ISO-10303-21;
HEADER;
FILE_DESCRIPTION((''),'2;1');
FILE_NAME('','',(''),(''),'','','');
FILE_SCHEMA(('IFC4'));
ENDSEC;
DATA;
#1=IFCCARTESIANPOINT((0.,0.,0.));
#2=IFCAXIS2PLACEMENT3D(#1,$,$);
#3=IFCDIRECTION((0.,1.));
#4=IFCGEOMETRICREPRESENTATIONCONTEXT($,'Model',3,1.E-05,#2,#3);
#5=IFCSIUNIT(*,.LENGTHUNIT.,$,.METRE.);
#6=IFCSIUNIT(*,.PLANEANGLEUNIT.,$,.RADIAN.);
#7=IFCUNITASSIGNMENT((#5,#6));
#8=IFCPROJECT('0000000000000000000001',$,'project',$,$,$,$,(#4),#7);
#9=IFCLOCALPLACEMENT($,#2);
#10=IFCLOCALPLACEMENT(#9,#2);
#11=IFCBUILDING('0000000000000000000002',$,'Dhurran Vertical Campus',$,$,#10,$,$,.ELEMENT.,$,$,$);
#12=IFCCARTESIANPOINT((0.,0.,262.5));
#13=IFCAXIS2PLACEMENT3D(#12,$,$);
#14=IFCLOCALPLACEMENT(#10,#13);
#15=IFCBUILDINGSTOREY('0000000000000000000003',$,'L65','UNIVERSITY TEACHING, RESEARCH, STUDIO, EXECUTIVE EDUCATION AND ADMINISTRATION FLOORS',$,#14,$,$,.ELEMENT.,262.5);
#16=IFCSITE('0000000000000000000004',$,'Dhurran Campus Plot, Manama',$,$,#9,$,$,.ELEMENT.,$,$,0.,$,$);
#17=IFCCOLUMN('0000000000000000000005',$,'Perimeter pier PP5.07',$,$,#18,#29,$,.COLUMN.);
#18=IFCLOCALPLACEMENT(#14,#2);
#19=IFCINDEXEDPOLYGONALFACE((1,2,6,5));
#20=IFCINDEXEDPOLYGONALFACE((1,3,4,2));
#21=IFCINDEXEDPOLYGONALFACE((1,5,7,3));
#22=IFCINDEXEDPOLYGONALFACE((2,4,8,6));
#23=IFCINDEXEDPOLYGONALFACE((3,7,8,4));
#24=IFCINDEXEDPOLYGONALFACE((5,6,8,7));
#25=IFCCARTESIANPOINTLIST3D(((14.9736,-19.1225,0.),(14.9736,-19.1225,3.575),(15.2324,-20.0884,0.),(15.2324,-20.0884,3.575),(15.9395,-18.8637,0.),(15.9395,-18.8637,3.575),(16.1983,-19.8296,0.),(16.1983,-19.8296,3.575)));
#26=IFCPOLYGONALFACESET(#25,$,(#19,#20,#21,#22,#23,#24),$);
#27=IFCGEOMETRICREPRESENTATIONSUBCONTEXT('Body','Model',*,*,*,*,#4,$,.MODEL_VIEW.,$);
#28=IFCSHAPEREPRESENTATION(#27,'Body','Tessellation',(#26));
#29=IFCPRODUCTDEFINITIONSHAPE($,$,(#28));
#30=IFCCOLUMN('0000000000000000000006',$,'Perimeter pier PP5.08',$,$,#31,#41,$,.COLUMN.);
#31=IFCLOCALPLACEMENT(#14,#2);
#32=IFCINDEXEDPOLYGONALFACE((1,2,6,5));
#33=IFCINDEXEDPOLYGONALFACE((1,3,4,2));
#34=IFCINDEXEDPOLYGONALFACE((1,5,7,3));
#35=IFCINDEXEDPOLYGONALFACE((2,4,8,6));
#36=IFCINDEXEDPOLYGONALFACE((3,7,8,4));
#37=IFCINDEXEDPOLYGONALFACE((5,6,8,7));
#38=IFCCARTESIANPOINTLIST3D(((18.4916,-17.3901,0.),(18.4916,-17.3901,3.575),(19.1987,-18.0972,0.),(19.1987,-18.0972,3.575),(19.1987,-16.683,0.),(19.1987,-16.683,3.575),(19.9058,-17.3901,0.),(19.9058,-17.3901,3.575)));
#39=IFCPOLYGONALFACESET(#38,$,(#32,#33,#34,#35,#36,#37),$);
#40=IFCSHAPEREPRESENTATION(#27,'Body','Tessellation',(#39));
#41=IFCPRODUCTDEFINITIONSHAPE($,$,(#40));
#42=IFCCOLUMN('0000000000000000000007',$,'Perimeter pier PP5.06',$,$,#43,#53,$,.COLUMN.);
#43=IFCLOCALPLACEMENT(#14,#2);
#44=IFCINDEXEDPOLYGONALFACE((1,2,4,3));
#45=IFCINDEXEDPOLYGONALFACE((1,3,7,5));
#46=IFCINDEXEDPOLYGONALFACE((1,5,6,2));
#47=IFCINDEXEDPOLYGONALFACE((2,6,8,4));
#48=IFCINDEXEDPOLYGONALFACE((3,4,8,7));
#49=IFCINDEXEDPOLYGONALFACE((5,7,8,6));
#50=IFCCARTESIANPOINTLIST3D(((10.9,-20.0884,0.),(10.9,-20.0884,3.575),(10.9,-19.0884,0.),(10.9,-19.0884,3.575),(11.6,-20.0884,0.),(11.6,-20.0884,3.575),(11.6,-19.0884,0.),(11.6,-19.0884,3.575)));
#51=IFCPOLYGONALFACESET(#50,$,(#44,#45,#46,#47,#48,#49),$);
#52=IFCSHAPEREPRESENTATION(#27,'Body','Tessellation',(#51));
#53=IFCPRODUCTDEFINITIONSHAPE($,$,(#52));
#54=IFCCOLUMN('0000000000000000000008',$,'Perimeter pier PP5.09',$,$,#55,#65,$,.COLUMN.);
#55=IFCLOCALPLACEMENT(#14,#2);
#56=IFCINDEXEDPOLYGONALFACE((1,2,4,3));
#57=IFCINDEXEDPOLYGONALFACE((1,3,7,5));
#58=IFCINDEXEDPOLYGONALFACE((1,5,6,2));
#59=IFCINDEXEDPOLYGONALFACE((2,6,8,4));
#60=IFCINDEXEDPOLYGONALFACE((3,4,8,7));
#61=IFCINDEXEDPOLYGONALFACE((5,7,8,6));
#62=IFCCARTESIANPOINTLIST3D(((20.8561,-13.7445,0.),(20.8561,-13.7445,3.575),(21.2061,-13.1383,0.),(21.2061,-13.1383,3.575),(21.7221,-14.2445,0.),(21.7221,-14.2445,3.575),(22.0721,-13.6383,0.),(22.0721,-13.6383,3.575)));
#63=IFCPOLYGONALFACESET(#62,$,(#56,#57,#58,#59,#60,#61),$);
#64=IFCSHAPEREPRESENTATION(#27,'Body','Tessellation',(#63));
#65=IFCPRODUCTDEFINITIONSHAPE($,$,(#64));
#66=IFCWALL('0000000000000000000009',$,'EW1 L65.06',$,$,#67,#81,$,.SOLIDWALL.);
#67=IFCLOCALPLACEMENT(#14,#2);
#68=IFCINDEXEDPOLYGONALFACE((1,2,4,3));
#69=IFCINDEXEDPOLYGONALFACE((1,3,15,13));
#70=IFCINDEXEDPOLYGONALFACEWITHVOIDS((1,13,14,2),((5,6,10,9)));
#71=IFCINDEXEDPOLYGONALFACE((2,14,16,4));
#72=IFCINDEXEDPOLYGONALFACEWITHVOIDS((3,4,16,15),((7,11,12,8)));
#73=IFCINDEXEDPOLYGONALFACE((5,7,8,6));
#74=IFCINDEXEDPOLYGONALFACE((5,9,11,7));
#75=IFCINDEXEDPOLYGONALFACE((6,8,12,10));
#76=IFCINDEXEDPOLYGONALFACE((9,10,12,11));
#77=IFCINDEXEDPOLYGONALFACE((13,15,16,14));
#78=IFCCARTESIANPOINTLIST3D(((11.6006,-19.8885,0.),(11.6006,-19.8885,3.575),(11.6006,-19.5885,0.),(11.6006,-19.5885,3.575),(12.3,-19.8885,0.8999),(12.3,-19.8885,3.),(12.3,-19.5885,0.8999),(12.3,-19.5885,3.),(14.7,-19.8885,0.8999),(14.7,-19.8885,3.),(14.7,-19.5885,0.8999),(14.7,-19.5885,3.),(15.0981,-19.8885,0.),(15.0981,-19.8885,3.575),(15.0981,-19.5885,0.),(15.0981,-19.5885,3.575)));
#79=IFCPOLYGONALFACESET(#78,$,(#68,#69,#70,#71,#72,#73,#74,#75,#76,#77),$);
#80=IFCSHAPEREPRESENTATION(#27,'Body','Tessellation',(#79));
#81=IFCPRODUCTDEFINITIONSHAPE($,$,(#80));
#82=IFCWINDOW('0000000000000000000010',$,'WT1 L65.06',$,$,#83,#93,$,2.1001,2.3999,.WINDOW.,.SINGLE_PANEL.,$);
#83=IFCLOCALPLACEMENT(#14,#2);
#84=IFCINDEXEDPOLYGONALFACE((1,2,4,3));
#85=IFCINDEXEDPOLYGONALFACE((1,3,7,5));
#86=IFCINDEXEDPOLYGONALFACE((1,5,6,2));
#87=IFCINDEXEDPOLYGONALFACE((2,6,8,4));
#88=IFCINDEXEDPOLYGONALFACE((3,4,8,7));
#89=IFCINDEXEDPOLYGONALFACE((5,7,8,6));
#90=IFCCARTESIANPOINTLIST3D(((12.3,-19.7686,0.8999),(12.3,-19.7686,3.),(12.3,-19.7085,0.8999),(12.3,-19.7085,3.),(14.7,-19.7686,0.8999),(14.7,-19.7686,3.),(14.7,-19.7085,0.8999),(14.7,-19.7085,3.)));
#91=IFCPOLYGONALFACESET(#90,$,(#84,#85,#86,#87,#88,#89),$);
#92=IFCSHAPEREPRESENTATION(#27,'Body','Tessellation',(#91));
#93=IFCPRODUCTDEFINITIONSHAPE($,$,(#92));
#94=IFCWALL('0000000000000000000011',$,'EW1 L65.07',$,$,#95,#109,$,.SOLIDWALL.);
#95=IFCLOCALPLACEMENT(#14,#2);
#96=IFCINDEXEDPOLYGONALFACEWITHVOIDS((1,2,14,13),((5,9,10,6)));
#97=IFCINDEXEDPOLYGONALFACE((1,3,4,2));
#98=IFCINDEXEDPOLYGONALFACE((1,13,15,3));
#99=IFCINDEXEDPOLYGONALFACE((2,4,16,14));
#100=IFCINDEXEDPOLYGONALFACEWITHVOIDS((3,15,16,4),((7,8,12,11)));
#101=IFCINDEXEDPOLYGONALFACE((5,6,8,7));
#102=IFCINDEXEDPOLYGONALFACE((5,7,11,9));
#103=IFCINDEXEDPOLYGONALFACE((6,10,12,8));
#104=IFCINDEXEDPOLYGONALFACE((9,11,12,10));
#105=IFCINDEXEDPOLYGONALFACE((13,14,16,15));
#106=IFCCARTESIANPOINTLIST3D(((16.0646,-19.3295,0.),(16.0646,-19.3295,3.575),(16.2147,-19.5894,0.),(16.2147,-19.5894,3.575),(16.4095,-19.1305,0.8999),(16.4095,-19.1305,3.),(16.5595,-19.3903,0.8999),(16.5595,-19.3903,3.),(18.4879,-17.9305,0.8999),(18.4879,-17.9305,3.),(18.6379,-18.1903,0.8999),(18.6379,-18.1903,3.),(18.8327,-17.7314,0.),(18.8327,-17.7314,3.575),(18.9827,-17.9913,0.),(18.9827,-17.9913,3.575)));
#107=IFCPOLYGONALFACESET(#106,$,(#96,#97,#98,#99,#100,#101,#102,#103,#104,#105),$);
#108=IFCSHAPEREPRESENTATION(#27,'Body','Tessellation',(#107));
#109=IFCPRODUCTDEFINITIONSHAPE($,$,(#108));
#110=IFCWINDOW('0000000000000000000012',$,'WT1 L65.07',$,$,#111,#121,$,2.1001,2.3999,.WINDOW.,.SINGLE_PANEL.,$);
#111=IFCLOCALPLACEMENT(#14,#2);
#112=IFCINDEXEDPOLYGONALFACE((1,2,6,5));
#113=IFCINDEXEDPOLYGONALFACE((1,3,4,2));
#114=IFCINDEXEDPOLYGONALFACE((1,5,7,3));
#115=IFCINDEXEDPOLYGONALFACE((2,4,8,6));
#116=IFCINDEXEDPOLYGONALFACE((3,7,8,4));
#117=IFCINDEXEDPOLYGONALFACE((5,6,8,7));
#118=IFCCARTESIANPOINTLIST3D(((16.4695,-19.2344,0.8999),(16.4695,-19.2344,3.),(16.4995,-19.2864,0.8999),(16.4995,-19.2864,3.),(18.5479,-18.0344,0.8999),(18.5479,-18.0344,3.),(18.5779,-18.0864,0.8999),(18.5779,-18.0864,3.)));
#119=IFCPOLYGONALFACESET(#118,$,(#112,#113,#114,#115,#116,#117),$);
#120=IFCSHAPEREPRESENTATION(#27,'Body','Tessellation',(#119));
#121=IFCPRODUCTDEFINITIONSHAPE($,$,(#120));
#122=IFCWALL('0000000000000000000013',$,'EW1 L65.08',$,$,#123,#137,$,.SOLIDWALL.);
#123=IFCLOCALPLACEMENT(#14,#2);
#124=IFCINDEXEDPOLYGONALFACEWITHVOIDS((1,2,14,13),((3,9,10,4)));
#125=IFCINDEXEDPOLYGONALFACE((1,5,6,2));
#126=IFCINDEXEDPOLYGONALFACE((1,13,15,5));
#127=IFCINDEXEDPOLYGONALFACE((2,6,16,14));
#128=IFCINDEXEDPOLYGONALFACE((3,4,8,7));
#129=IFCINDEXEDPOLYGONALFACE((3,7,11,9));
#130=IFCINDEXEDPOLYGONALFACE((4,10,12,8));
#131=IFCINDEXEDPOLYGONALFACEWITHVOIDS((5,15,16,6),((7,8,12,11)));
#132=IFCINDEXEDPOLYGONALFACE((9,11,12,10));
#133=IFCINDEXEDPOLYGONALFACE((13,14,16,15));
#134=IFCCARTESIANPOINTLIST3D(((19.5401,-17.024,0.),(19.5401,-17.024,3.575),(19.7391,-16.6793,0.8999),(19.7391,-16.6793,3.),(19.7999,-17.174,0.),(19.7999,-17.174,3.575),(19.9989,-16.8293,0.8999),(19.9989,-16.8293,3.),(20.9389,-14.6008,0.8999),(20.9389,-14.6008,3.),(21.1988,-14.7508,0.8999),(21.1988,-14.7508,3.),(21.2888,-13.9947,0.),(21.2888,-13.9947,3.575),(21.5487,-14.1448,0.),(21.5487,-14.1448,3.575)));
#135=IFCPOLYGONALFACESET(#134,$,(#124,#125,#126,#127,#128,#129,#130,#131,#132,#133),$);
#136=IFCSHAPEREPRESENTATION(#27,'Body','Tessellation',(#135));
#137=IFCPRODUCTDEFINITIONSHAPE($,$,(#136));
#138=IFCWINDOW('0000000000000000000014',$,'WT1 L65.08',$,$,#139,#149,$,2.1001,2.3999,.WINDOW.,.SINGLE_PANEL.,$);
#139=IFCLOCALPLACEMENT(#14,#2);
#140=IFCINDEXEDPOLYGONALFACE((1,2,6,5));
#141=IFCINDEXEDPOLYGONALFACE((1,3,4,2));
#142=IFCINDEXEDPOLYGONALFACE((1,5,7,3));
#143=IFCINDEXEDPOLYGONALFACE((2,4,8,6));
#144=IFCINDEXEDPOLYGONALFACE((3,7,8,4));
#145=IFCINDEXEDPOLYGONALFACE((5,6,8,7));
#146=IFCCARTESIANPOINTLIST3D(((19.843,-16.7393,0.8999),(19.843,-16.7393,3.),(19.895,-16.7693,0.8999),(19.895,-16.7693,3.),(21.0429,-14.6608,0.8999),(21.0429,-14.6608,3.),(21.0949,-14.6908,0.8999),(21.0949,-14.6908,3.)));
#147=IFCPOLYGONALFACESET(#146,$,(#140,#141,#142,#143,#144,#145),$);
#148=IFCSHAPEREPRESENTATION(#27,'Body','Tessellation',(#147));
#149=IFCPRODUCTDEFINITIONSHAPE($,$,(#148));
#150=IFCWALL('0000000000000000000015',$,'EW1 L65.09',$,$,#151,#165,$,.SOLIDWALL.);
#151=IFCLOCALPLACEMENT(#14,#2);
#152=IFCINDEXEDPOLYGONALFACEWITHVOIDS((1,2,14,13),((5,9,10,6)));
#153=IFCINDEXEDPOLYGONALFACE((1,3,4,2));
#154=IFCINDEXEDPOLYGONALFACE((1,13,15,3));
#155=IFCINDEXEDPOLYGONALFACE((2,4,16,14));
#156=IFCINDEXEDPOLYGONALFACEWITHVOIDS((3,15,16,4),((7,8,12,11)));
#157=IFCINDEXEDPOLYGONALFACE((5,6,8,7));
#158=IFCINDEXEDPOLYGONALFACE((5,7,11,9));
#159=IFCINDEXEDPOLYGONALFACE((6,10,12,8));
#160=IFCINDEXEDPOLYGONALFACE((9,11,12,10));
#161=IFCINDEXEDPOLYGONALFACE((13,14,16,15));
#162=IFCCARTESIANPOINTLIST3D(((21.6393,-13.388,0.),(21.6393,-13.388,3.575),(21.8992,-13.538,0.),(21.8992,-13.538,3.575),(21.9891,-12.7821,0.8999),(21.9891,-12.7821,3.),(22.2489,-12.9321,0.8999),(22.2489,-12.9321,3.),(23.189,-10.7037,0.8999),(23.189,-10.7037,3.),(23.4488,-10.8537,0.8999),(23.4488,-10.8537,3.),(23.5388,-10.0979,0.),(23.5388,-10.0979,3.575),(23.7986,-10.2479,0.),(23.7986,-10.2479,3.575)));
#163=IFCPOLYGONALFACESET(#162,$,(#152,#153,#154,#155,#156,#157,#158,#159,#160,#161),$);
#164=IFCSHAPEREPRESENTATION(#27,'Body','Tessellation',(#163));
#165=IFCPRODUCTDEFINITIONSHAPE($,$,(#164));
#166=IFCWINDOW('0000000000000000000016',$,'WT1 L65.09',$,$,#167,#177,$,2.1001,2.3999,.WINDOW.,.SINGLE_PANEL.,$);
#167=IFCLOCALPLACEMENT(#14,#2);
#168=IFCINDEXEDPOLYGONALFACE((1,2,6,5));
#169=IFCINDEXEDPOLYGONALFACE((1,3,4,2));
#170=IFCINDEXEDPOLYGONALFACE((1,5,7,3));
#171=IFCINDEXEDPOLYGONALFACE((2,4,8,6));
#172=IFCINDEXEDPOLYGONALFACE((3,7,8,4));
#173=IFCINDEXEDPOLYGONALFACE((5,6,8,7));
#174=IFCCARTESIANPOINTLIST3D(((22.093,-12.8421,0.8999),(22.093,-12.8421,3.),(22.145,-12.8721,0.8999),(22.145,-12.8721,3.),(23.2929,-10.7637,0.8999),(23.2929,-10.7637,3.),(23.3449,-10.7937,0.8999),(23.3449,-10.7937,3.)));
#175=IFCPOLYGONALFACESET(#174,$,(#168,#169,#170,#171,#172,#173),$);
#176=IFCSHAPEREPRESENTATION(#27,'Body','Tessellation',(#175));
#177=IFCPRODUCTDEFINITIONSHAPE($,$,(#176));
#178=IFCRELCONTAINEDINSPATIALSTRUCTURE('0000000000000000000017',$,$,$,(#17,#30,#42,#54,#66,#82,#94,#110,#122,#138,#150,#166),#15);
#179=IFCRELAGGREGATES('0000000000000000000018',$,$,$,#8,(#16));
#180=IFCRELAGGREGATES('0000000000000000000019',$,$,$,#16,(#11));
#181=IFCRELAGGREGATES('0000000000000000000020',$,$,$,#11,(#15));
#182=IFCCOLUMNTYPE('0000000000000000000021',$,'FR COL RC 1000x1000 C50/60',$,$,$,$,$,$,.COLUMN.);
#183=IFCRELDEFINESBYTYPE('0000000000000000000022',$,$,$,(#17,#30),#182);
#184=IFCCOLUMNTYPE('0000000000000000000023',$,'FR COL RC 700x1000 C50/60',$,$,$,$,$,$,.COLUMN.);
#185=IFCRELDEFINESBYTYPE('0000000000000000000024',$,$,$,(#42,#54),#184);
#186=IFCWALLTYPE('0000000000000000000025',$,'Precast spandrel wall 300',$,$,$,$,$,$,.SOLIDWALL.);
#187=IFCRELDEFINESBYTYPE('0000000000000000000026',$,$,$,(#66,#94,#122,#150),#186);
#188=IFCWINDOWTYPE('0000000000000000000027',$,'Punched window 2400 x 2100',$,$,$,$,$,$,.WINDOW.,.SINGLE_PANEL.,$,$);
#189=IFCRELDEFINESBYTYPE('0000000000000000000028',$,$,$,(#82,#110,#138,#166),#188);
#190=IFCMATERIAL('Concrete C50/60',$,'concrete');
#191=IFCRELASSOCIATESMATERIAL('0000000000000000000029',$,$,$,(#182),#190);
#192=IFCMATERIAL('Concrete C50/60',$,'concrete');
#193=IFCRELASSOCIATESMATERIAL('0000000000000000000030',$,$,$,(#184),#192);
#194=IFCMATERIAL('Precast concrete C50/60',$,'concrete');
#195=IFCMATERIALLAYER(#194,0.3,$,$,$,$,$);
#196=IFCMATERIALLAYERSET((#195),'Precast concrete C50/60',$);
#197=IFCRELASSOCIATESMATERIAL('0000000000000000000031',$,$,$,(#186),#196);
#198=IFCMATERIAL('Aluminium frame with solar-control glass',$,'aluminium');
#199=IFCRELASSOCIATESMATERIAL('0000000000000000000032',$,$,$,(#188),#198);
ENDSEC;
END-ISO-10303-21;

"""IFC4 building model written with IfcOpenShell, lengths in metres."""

from ifc_helpers import new_model, si_unit, direction, frame, frame_2d, origin, origin_2d, place, context, subcontext, project, spatial, rectangle, extrude, material, layer, layer_set, material_profile, profile_set, type_object, element, fill, save


model = new_model("IFC4")

# Units and contexts
model_context = context("Model", 3, precision=1e-05, world=origin(), true_north=direction((0.0, 1.0)))
body_context = subcontext(model_context, "Body", "Model", "MODEL_VIEW")
ifc_project = project(units=[si_unit("LENGTHUNIT", "METRE"), si_unit("PLANEANGLEUNIT", "RADIAN")], contexts=[model_context])

# Site, building, storey
site_placement = place(None, origin())
site = spatial("IfcSite", under=ifc_project, at=site_placement, Name="Dhurran Campus Plot, Manama", CompositionType="ELEMENT", RefElevation=0.0)
building_placement = place(site_placement, origin())
building = spatial("IfcBuilding", under=site, at=building_placement, Name="Dhurran Vertical Campus", CompositionType="ELEMENT")
storey_placement = place(building_placement, frame((0.0, 0.0, 262.5)))
storey = spatial("IfcBuildingStorey", under=building, at=storey_placement, Name="L65", Description="UNIVERSITY TEACHING, RESEARCH, STUDIO, EXECUTIVE EDUCATION AND ADMINISTRATION FLOORS", CompositionType="ELEMENT", Elevation=262.5)

# Columns
ifc_material_1 = material(Name="Concrete C50/60", Category="concrete")
ifc_material_profile_1 = material_profile(ifc_material_1, rectangle(XDim=1.0, YDim=1.0, at=origin_2d()), Name="RC 1000x1000")
ifc_profile_set_1 = profile_set([ifc_material_profile_1], Name="Concrete C50/60")
column_type_1 = type_object("IfcColumnType", Name="FR COL RC 1000x1000 C50/60", PredefinedType="COLUMN", material=ifc_profile_set_1)
for number, where, z_axis, x_axis, name in (
    (1, (15.5859, -19.4761, 0.0), (0.0, 0.0, 1.0), (0.965926, 0.258819, 0.0), "Perimeter pier PP5.07"),
    (2, (19.1987, -17.3901, 0.0), (0.0, 0.0, 1.0), (0.707107, 0.707107, 0.0), "Perimeter pier PP5.08"),
):
    element("IfcColumn", number, at=place(storey_placement, frame(where, z_axis=z_axis, x_axis=x_axis)), inside=storey, type_object=column_type_1, Name=name, PredefinedType="COLUMN", context=body_context, shape_type="SweptSolid", body=[
        extrude(rectangle(XDim=1.0, YDim=1.0, at=origin_2d()), origin(), (0.0, 0.0, 1.0), 3.575),
    ])
ifc_material_2 = material(Name="Concrete C50/60", Category="concrete")
ifc_material_profile_2 = material_profile(ifc_material_2, rectangle(XDim=0.7, YDim=1.0, at=origin_2d()), Name="RC 700x1000")
ifc_profile_set_2 = profile_set([ifc_material_profile_2], Name="Concrete C50/60")
column_type_2 = type_object("IfcColumnType", Name="FR COL RC 700x1000 C50/60", PredefinedType="COLUMN", material=ifc_profile_set_2)
for number, where, z_axis, x_axis, name in (
    (3, (11.25, -19.5884, 0.0), (0.0, 0.0, 1.0), (1.0, 0.0, 0.0), "Perimeter pier PP5.06"),
    (4, (21.4641, -13.6914, 0.0), (0.0, 0.0, 1.0), (0.5, 0.866025, 0.0), "Perimeter pier PP5.09"),
):
    element("IfcColumn", number, at=place(storey_placement, frame(where, z_axis=z_axis, x_axis=x_axis)), inside=storey, type_object=column_type_2, Name=name, PredefinedType="COLUMN", context=body_context, shape_type="SweptSolid", body=[
        extrude(rectangle(XDim=0.7, YDim=1.0, at=origin_2d()), origin(), (0.0, 0.0, 1.0), 3.575),
    ])

# Walls, openings, windows
ifc_material_3 = material(Name="Precast concrete C50/60", Category="concrete")
ifc_layer_1 = layer(ifc_material_3, 0.3)
ifc_layer_set_1 = layer_set([ifc_layer_1], Name="Precast concrete C50/60")
wall_type_1 = type_object("IfcWallType", Name="Precast spandrel wall 300", PredefinedType="SOLIDWALL", material=ifc_layer_set_1)
wall_1_placement = place(storey_placement, frame((11.6006, -19.7385, 0.0), z_axis=(0.0, 0.0, 1.0), x_axis=(1.0, 0.0, 0.0)))
wall_1 = element("IfcWall", 5, at=wall_1_placement, inside=storey, type_object=wall_type_1, Name="EW1 L65.06", PredefinedType="SOLIDWALL", context=body_context, shape_type="SweptSolid", body=[
    extrude(rectangle(XDim=3.4976, YDim=0.3, at=frame_2d((1.7488, 0.0))), origin(), (0.0, 0.0, 1.0), 3.575),
])
opening_1_placement = place(wall_1_placement, frame((0.6995, 0.0, 0.8999)))
opening_1 = element("IfcOpeningElement", 6, at=opening_1_placement, cuts=wall_1, PredefinedType="OPENING", context=body_context, shape_type="SweptSolid", body=[
    extrude(rectangle(XDim=2.3999, YDim=2.1001, at=frame_2d((1.2, 1.05))), frame((0.0, 0.1599, 0.0), z_axis=(0.0, -1.0, 0.0), x_axis=(1.0, 0.0, 0.0)), (0.0, 0.0, 1.0), 0.3201),
])
ifc_material_4 = material(Name="Aluminium frame with solar-control glass", Category="aluminium")
window_type = type_object("IfcWindowType", Name="Punched window 2400 x 2100", PartitioningType="SINGLE_PANEL", PredefinedType="WINDOW", material=ifc_material_4)
window_1_placement = place(opening_1_placement, origin())
window_1 = element("IfcWindow", 7, at=window_1_placement, inside=storey, type_object=window_type, Name="WT1 L65.06", OverallHeight=2.1001, OverallWidth=2.3999, PartitioningType="SINGLE_PANEL", PredefinedType="WINDOW", context=body_context, shape_type="SweptSolid", body=[
    extrude(rectangle(XDim=2.3999, YDim=2.1001, at=frame_2d((1.2, 1.05))), frame((0.0, 0.03, 0.0), z_axis=(0.0, -1.0, 0.0), x_axis=(1.0, 0.0, 0.0)), (0.0, 0.0, 1.0), 0.0601),
])
fill(opening_1, window_1)
wall_2_placement = place(storey_placement, frame((16.1396, -19.4595, 0.0), z_axis=(0.0, 0.0, 1.0), x_axis=(0.866025, 0.5, 0.0)))
wall_2 = element("IfcWall", 8, at=wall_2_placement, inside=storey, type_object=wall_type_1, Name="EW1 L65.07", PredefinedType="SOLIDWALL", context=body_context, shape_type="SweptSolid", body=[
    extrude(rectangle(XDim=3.1963, YDim=0.3, at=frame_2d((1.5981, 0.0))), origin(), (0.0, 0.0, 1.0), 3.575),
])
opening_2_placement = place(wall_2_placement, frame((0.3982, 0.0, 0.8999)))
opening_2 = element("IfcOpeningElement", 9, at=opening_2_placement, cuts=wall_2, PredefinedType="OPENING", context=body_context, shape_type="SweptSolid", body=[
    extrude(rectangle(XDim=2.3999, YDim=2.1001, at=frame_2d((1.2, 1.05))), frame((0.0, 0.1599, 0.0), z_axis=(0.0, -1.0, 0.0), x_axis=(1.0, 0.0, 0.0)), (0.0, 0.0, 1.0), 0.3201),
])
window_2_placement = place(opening_2_placement, origin())
window_2 = element("IfcWindow", 10, at=window_2_placement, inside=storey, type_object=window_type, Name="WT1 L65.07", OverallHeight=2.1001, OverallWidth=2.3999, PartitioningType="SINGLE_PANEL", PredefinedType="WINDOW", context=body_context, shape_type="SweptSolid", body=[
    extrude(rectangle(XDim=2.3999, YDim=2.1001, at=frame_2d((1.2, 1.05))), frame((0.0, 0.03, 0.0), z_axis=(0.0, -1.0, 0.0), x_axis=(1.0, 0.0, 0.0)), (0.0, 0.0, 1.0), 0.0601),
])
fill(opening_2, window_2)
wall_3_placement = place(storey_placement, frame((19.6699, -17.0991, 0.0), z_axis=(0.0, 0.0, 1.0), x_axis=(0.49996, 0.866048, 0.0)))
wall_3 = element("IfcWall", 11, at=wall_3_placement, inside=storey, type_object=wall_type_1, Name="EW1 L65.08", PredefinedType="SOLIDWALL", context=body_context, shape_type="SweptSolid", body=[
    extrude(rectangle(XDim=3.4978, YDim=0.3, at=frame_2d((1.749, 0.0))), origin(), (0.0, 0.0, 1.0), 3.575),
])
opening_3_placement = place(wall_3_placement, frame((0.3982, 0.0, 0.8999)))
opening_3 = element("IfcOpeningElement", 12, at=opening_3_placement, cuts=wall_3, PredefinedType="OPENING", context=body_context, shape_type="SweptSolid", body=[
    extrude(rectangle(XDim=2.3999, YDim=2.1001, at=frame_2d((1.2, 1.05))), frame((0.0, 0.1599, 0.0), z_axis=(0.0, -1.0, 0.0), x_axis=(1.0, 0.0, 0.0)), (0.0, 0.0, 1.0), 0.3201),
])
window_3_placement = place(opening_3_placement, origin())
window_3 = element("IfcWindow", 13, at=window_3_placement, inside=storey, type_object=window_type, Name="WT1 L65.08", OverallHeight=2.1001, OverallWidth=2.3999, PartitioningType="SINGLE_PANEL", PredefinedType="WINDOW", context=body_context, shape_type="SweptSolid", body=[
    extrude(rectangle(XDim=2.3999, YDim=2.1001, at=frame_2d((1.2, 1.05))), frame((0.0, 0.03, 0.0), z_axis=(0.0, -1.0, 0.0), x_axis=(1.0, 0.0, 0.0)), (0.0, 0.0, 1.0), 0.0601),
])
fill(opening_3, window_3)
wall_4_placement = place(storey_placement, frame((21.7693, -13.4629, 0.0), z_axis=(0.0, 0.0, 1.0), x_axis=(0.499982, 0.866036, 0.0)))
wall_4 = element("IfcWall", 14, at=wall_4_placement, inside=storey, type_object=wall_type_1, Name="EW1 L65.09", PredefinedType="SOLIDWALL", context=body_context, shape_type="SweptSolid", body=[
    extrude(rectangle(XDim=3.7991, YDim=0.3, at=frame_2d((1.8994, 0.0))), origin(), (0.0, 0.0, 1.0), 3.575),
])
opening_4_placement = place(wall_4_placement, frame((0.6995, 0.0, 0.8999)))
opening_4 = element("IfcOpeningElement", 15, at=opening_4_placement, cuts=wall_4, PredefinedType="OPENING", context=body_context, shape_type="SweptSolid", body=[
    extrude(rectangle(XDim=2.3999, YDim=2.1001, at=frame_2d((1.2, 1.05))), frame((0.0, 0.1599, 0.0), z_axis=(0.0, -1.0, 0.0), x_axis=(1.0, 0.0, 0.0)), (0.0, 0.0, 1.0), 0.3201),
])
window_4_placement = place(opening_4_placement, origin())
window_4 = element("IfcWindow", 16, at=window_4_placement, inside=storey, type_object=window_type, Name="WT1 L65.09", OverallHeight=2.1001, OverallWidth=2.3999, PartitioningType="SINGLE_PANEL", PredefinedType="WINDOW", context=body_context, shape_type="SweptSolid", body=[
    extrude(rectangle(XDim=2.3999, YDim=2.1001, at=frame_2d((1.2, 1.05))), frame((0.0, 0.03, 0.0), z_axis=(0.0, -1.0, 0.0), x_axis=(1.0, 0.0, 0.0)), (0.0, 0.0, 1.0), 0.0601),
])
fill(opening_4, window_4)

save(model, "model.ifc")
